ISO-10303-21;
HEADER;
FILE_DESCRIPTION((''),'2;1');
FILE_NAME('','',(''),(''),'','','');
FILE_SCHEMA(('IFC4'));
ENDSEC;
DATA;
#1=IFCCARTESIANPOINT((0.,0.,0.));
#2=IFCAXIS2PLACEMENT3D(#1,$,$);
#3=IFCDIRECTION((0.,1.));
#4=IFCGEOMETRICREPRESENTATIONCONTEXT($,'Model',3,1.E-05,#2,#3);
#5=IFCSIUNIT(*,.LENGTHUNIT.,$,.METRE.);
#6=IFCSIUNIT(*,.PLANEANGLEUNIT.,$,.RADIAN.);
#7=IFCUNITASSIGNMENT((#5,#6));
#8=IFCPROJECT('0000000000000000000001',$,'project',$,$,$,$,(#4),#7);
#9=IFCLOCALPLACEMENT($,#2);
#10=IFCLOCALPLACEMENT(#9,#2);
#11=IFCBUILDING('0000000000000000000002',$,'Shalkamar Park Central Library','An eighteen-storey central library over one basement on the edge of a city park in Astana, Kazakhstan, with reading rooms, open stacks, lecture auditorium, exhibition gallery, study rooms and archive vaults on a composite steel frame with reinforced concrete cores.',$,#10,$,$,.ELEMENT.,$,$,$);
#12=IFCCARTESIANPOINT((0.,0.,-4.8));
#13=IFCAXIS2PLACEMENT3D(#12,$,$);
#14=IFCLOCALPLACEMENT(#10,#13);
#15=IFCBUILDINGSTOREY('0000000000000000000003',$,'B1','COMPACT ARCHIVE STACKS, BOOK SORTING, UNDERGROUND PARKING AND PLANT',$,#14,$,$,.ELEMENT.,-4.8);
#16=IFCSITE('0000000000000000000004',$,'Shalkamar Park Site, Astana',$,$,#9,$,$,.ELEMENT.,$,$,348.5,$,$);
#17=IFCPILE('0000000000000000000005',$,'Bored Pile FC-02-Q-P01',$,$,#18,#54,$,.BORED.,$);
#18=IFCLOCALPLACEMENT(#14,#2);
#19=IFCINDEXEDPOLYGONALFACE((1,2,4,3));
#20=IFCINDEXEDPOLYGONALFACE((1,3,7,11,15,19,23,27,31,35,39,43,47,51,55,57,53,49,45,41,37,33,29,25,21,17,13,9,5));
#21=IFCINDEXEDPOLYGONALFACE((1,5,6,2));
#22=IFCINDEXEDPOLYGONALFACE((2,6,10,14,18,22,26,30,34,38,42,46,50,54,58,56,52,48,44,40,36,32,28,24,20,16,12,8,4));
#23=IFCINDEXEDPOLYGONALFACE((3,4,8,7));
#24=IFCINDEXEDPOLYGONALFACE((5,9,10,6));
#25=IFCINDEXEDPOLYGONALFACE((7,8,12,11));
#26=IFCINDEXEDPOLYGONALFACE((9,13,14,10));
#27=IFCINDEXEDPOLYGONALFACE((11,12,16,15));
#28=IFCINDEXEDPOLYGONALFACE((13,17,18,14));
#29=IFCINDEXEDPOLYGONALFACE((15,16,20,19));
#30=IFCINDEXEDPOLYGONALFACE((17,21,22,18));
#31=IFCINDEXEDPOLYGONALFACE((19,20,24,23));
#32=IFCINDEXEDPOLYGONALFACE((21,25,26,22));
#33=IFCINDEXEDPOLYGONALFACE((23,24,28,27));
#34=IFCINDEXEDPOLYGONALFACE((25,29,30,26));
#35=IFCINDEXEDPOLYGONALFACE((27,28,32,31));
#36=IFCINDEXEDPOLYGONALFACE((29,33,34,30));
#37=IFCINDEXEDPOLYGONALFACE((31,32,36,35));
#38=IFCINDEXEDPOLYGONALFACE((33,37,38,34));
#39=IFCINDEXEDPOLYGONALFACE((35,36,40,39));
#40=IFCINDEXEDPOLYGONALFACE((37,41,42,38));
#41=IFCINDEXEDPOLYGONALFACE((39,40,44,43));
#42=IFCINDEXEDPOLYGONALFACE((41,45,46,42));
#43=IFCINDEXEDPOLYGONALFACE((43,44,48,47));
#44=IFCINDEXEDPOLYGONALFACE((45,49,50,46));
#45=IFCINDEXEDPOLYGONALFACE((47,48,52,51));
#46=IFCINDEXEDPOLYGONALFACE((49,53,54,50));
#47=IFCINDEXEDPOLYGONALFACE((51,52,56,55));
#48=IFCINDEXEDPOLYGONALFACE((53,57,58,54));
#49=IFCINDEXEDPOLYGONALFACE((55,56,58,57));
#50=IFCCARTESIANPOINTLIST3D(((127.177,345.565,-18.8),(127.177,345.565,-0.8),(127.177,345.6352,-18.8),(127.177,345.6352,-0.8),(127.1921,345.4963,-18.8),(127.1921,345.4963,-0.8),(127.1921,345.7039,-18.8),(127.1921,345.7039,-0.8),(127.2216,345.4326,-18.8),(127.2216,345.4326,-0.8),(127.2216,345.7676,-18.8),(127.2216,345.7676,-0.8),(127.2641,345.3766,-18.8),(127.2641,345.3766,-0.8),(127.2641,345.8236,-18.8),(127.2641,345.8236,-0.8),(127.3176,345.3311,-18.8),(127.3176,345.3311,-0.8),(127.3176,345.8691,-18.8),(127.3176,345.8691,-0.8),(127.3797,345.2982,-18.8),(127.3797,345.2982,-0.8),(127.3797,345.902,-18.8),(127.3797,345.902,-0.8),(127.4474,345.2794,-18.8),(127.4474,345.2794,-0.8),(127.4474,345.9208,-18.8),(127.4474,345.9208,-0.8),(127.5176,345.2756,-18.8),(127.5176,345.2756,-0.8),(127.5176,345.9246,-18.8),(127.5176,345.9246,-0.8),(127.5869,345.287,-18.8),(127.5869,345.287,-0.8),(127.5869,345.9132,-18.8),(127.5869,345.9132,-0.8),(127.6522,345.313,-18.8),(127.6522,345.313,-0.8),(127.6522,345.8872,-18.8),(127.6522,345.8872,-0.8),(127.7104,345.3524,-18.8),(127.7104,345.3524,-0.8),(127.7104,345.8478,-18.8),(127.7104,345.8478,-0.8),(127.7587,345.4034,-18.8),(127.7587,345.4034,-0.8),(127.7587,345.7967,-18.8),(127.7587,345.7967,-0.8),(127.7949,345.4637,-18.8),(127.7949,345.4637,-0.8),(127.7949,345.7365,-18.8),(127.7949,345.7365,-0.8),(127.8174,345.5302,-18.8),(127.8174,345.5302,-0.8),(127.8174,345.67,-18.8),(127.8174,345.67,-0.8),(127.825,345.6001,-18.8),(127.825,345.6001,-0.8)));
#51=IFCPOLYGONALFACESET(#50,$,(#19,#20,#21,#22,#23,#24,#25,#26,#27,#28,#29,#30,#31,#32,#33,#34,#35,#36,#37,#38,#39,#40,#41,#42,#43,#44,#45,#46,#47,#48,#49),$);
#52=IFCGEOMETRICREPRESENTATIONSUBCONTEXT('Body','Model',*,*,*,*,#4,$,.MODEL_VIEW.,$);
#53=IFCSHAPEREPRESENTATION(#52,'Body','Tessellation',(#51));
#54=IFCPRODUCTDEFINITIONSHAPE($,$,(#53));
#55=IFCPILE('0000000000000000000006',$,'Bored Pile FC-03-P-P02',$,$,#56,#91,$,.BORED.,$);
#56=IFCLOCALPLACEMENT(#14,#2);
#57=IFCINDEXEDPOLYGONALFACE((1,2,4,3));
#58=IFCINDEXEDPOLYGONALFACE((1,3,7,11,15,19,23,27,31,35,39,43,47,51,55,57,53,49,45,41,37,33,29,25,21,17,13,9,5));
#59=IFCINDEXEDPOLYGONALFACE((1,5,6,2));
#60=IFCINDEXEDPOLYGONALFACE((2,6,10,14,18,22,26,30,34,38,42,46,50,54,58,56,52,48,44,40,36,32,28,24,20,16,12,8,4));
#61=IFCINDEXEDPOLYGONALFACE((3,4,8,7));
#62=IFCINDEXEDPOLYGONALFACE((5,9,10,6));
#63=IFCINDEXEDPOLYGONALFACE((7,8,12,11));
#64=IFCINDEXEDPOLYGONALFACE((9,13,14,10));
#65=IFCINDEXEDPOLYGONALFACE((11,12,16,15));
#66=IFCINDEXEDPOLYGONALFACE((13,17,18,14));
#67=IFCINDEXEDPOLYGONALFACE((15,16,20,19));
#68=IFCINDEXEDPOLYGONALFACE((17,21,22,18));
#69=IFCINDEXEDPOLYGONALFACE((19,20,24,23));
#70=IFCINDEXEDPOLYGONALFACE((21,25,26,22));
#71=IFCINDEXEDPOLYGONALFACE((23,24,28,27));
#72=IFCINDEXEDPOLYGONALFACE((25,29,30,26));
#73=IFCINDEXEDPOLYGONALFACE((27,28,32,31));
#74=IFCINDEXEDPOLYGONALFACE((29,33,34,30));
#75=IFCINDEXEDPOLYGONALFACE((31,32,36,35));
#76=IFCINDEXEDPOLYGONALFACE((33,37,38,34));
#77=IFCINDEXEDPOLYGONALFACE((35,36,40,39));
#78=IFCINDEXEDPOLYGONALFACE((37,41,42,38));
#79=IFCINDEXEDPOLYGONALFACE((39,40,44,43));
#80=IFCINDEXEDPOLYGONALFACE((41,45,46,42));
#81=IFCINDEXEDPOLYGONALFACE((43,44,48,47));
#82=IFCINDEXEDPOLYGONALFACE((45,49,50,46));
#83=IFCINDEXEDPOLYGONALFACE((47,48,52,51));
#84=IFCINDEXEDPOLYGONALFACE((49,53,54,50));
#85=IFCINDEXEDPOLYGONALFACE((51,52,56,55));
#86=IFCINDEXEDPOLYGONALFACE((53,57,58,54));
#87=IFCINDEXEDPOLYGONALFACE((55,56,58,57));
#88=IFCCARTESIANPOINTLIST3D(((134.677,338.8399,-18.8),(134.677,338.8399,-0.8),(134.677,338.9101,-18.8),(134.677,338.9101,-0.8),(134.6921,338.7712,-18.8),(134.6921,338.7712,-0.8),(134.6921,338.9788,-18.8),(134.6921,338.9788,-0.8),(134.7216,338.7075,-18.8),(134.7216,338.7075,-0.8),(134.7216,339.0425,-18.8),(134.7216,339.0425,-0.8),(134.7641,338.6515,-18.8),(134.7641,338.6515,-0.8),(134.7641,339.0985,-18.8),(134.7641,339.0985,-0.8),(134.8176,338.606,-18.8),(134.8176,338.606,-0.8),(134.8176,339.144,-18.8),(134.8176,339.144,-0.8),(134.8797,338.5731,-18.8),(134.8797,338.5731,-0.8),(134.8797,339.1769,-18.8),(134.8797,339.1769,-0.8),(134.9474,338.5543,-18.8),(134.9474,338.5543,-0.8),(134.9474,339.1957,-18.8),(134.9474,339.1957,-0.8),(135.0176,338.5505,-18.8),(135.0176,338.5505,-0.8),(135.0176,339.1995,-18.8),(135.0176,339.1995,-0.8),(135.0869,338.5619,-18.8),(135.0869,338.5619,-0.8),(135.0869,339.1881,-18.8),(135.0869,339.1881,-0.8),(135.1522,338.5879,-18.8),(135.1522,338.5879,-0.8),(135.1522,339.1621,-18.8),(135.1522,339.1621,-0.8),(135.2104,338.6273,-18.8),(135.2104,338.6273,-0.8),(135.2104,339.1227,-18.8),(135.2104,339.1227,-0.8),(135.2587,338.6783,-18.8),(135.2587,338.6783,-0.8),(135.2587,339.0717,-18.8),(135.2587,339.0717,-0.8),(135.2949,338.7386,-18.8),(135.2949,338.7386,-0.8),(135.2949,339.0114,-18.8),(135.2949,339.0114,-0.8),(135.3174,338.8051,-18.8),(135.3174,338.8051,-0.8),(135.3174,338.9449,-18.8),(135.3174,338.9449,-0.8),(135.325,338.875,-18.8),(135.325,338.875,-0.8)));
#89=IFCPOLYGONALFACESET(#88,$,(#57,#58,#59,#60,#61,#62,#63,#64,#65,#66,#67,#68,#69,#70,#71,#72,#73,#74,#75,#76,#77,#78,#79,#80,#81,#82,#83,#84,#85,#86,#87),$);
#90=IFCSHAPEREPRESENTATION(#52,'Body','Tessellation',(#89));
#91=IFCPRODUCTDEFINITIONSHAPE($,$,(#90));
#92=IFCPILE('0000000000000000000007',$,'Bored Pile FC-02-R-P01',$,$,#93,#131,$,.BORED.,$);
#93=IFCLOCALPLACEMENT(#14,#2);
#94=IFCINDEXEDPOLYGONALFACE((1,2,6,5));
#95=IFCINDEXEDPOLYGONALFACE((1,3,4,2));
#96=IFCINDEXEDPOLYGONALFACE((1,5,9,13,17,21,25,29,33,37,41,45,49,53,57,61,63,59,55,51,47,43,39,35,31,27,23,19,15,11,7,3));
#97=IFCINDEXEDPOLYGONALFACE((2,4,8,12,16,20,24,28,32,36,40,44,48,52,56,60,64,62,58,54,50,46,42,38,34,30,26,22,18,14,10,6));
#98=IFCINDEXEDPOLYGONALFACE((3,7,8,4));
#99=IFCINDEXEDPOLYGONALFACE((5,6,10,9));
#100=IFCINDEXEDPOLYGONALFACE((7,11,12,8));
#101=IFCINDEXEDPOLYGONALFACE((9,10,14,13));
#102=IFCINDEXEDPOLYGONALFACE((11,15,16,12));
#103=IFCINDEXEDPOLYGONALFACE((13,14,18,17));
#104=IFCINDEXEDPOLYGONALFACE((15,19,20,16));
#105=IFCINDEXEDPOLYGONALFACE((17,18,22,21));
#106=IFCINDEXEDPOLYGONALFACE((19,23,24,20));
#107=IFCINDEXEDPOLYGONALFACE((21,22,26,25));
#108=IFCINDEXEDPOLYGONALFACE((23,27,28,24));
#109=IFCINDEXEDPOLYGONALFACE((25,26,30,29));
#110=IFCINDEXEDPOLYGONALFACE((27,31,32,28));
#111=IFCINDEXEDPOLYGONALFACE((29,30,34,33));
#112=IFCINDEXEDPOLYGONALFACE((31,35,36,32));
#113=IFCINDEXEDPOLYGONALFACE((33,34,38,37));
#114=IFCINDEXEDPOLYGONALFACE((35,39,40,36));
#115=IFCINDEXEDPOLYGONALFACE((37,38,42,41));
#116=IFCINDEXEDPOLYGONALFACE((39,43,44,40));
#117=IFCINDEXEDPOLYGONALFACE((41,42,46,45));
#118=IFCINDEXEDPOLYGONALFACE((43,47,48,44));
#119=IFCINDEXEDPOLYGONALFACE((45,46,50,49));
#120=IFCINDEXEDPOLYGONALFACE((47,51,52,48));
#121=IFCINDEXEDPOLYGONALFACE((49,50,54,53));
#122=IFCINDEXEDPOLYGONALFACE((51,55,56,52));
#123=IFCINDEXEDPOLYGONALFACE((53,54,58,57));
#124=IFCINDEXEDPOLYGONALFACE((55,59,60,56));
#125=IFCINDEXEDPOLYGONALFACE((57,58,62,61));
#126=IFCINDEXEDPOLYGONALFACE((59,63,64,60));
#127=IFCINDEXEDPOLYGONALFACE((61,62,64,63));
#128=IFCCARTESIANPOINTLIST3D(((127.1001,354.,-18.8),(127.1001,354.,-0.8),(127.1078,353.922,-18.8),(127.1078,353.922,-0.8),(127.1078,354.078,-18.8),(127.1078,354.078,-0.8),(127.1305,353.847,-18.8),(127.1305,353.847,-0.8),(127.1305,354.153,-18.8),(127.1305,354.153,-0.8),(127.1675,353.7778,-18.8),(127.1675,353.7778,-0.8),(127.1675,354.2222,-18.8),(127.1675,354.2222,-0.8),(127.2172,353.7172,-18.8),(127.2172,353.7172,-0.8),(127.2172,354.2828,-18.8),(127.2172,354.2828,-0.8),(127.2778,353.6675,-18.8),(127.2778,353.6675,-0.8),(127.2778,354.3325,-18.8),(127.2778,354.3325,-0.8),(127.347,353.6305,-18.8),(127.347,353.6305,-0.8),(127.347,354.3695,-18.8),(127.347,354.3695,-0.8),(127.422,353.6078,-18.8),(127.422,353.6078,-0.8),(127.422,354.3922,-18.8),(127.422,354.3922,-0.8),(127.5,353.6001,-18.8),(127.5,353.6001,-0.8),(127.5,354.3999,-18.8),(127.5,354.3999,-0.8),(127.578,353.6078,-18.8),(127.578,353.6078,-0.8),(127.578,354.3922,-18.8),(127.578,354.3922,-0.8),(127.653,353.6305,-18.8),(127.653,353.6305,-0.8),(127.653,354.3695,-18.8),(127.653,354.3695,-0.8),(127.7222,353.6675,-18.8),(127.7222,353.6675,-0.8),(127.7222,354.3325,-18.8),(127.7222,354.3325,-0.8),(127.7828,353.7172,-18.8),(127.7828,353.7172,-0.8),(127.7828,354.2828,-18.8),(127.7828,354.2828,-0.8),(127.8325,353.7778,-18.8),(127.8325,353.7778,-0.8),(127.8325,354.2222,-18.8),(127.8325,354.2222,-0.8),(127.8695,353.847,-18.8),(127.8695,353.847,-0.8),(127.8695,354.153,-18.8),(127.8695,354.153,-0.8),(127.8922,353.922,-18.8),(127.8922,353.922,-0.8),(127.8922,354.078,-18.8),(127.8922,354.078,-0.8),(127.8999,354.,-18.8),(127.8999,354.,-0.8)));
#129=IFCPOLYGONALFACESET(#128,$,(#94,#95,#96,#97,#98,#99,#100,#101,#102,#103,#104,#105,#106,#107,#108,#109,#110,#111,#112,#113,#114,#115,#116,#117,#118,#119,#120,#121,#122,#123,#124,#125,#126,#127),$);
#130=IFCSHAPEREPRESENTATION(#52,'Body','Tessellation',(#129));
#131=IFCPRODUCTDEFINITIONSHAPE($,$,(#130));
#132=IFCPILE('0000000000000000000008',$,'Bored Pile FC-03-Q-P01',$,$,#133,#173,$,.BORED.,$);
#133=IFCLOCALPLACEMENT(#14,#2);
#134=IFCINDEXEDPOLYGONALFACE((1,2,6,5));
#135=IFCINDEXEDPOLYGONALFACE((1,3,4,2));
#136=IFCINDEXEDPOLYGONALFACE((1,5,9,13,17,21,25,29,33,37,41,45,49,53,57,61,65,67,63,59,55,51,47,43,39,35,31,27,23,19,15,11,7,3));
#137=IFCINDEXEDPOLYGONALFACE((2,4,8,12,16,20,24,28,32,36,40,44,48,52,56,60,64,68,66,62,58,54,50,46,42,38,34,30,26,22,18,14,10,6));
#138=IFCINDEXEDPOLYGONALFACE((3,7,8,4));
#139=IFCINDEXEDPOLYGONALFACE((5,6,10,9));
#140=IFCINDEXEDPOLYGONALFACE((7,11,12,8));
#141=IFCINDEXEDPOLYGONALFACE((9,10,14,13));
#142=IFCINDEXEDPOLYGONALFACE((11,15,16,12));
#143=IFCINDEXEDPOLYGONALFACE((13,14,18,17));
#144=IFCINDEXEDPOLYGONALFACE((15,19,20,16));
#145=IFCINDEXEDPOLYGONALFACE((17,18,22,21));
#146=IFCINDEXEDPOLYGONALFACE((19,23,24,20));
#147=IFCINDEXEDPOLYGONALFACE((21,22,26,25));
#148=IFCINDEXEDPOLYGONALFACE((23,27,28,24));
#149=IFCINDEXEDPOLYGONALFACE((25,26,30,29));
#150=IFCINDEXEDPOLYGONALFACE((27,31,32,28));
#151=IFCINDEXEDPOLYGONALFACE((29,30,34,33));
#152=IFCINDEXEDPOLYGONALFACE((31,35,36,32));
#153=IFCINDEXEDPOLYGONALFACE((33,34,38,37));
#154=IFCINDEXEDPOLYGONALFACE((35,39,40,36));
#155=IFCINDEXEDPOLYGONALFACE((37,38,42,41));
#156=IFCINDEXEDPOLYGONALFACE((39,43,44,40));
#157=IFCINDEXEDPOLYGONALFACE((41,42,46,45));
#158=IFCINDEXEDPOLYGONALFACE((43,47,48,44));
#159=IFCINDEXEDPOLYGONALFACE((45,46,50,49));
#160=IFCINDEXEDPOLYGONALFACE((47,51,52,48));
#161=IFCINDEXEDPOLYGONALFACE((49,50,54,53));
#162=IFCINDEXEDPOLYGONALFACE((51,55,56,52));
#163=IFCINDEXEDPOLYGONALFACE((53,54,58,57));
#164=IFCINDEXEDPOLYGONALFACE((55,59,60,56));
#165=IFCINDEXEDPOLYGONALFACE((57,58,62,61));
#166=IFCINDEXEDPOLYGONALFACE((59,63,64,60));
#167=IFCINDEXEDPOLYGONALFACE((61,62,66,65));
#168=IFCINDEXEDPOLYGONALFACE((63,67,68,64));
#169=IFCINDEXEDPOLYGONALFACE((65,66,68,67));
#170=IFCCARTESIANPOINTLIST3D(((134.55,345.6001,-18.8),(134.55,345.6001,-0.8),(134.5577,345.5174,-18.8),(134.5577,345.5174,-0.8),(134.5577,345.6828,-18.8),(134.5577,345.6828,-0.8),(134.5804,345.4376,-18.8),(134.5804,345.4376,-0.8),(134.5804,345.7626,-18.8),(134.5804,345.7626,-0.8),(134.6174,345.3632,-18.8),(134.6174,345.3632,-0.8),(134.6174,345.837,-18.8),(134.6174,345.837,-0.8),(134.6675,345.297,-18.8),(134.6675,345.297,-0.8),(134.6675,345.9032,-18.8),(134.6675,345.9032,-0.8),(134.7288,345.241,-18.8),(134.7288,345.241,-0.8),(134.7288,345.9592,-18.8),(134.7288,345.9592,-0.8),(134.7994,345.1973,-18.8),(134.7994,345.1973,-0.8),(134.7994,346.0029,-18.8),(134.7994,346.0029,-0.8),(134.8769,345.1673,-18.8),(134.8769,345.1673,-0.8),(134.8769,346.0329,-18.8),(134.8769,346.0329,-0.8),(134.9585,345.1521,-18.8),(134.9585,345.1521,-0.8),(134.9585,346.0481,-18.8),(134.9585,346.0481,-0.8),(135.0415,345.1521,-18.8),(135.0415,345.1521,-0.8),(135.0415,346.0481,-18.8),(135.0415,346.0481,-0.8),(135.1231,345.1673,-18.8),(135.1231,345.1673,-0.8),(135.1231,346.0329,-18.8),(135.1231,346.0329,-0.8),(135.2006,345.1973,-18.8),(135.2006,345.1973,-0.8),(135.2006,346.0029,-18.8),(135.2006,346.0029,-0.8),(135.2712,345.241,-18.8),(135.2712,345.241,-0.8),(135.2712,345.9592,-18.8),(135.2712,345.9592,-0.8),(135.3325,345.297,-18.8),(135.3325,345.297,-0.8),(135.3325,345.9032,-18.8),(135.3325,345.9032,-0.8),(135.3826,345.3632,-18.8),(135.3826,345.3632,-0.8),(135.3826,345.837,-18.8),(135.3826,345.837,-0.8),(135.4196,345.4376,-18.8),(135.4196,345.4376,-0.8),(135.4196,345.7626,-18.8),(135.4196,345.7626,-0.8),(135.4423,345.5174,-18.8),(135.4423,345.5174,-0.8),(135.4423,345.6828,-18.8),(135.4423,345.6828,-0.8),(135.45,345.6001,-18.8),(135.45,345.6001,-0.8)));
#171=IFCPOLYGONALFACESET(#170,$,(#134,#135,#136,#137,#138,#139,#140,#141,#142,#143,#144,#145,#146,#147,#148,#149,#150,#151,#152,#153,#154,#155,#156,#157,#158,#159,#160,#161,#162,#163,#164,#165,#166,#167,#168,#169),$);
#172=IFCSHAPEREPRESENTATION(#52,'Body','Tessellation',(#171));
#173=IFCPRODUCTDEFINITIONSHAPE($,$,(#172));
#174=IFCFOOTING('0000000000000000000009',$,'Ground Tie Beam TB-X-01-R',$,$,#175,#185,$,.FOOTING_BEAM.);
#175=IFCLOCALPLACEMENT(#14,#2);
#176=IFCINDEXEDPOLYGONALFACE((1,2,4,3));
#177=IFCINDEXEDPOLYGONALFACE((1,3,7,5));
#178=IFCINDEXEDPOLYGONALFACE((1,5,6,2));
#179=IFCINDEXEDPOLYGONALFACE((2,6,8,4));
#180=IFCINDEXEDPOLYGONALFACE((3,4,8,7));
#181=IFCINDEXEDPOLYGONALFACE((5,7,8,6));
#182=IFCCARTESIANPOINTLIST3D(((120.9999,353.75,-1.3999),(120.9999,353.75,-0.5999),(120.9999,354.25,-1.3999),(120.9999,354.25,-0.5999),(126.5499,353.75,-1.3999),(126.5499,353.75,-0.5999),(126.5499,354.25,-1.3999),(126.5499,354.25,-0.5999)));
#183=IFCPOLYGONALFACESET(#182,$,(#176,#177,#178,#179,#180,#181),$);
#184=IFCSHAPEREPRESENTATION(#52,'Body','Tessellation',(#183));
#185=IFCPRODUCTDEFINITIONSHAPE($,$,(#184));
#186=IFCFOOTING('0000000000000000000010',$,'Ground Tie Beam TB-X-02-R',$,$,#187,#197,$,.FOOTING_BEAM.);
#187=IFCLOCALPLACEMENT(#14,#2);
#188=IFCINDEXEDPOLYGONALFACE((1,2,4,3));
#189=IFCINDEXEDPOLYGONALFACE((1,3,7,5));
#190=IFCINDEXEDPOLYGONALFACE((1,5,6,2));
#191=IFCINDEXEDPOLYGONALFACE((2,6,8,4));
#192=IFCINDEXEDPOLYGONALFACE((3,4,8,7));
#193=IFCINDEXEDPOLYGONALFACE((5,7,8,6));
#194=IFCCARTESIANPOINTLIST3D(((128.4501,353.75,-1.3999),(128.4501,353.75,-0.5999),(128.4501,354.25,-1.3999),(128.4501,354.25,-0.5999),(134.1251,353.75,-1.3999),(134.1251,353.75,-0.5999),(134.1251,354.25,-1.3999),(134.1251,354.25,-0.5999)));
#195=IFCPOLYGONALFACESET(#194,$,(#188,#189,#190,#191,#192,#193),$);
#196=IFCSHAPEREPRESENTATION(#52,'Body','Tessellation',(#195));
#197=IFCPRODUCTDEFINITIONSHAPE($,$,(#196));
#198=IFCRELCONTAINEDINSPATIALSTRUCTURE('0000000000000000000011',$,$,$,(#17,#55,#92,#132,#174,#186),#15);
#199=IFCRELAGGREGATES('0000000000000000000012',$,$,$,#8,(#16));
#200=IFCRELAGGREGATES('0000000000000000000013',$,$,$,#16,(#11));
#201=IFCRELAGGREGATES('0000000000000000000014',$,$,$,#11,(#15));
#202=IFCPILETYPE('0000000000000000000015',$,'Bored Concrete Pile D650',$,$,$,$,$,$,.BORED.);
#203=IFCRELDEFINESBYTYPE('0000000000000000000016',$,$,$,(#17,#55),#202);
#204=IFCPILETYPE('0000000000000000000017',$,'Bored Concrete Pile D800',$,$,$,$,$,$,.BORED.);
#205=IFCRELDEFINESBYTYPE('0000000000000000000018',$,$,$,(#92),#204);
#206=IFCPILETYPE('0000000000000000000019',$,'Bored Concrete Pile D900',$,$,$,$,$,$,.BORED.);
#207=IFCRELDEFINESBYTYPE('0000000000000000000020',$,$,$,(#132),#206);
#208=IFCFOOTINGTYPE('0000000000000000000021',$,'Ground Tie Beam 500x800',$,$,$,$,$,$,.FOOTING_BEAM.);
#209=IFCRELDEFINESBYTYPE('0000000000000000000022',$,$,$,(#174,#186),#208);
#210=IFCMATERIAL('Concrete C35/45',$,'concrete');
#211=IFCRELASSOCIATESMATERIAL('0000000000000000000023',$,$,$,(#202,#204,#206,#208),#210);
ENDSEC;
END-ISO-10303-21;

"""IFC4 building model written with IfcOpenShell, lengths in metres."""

from ifc_helpers import new_model, si_unit, direction, frame, origin, origin_2d, place, context, subcontext, project, spatial, rectangle, circle, extrude, material, material_profile, profile_set, type_object, element, save


model = new_model("IFC4")

# Units and contexts
model_context = context("Model", 3, precision=1e-05, world=origin(), true_north=direction((0.0, 1.0)))
body_context = subcontext(model_context, "Body", "Model", "MODEL_VIEW")
ifc_project = project(units=[si_unit("LENGTHUNIT", "METRE"), si_unit("PLANEANGLEUNIT", "RADIAN")], contexts=[model_context])

# Site, building, storey
site_placement = place(None, origin())
site = spatial("IfcSite", under=ifc_project, at=site_placement, Name="Shalkamar Park Site, Astana", CompositionType="ELEMENT", RefElevation=348.5)
building_placement = place(site_placement, origin())
building = spatial("IfcBuilding", under=site, at=building_placement, Name="Shalkamar Park Central Library", Description="An eighteen-storey central library over one basement on the edge of a city park in Astana, Kazakhstan, with reading rooms, open stacks, lecture auditorium, exhibition gallery, study rooms and archive vaults on a composite steel frame with reinforced concrete cores.", CompositionType="ELEMENT")
storey_placement = place(building_placement, frame((0.0, 0.0, -4.8)))
storey = spatial("IfcBuildingStorey", under=building, at=storey_placement, Name="B1", Description="COMPACT ARCHIVE STACKS, BOOK SORTING, UNDERGROUND PARKING AND PLANT", CompositionType="ELEMENT", Elevation=-4.8)

# Piles
ifc_material_1 = material(Name="Concrete C35/45", Category="concrete")
ifc_material_profile_1 = material_profile(ifc_material_1, circle(Radius=0.325, at=origin_2d()), Name="PILE D650")
ifc_profile_set_1 = profile_set([ifc_material_profile_1], Name="Concrete C35/45")
pile_type_1 = type_object("IfcPileType", Name="Bored Concrete Pile D650", PredefinedType="BORED", material=ifc_profile_set_1)
for number, where, z_axis, x_axis, name in (
    (1, (127.5, 345.6001, -0.8), (0.0, 0.0, -1.0), (1.0, 0.0, 0.0), "Bored Pile FC-02-Q-P01"),
    (2, (135.0, 338.875, -0.8), (0.0, 0.0, -1.0), (1.0, 0.0, 0.0), "Bored Pile FC-03-P-P02"),
):
    element("IfcPile", number, at=place(storey_placement, frame(where, z_axis=z_axis, x_axis=x_axis)), inside=storey, type_object=pile_type_1, Name=name, PredefinedType="BORED", context=body_context, shape_type="SweptSolid", body=[
        extrude(circle(Radius=0.325, at=origin_2d()), origin(), (0.0, 0.0, 1.0), 18.0),
    ])
ifc_material_profile_2 = material_profile(ifc_material_1, circle(Radius=0.3999, at=origin_2d()), Name="PILE D800")
ifc_profile_set_2 = profile_set([ifc_material_profile_2], Name="Concrete C35/45")
pile_type_2 = type_object("IfcPileType", Name="Bored Concrete Pile D800", PredefinedType="BORED", material=ifc_profile_set_2)
pile_1_placement = place(storey_placement, frame((127.5, 354.0, -0.8), z_axis=(0.0, 0.0, -1.0), x_axis=(1.0, 0.0, 0.0)))
element("IfcPile", 3, at=pile_1_placement, inside=storey, type_object=pile_type_2, Name="Bored Pile FC-02-R-P01", PredefinedType="BORED", context=body_context, shape_type="SweptSolid", body=[
    extrude(circle(Radius=0.3999, at=origin_2d()), origin(), (0.0, 0.0, 1.0), 18.0),
])
ifc_material_profile_3 = material_profile(ifc_material_1, circle(Radius=0.45, at=origin_2d()), Name="PILE D900")
ifc_profile_set_3 = profile_set([ifc_material_profile_3], Name="Concrete C35/45")
pile_type_3 = type_object("IfcPileType", Name="Bored Concrete Pile D900", PredefinedType="BORED", material=ifc_profile_set_3)
pile_2_placement = place(storey_placement, frame((135.0, 345.6001, -0.8), z_axis=(0.0, 0.0, -1.0), x_axis=(1.0, 0.0, 0.0)))
element("IfcPile", 4, at=pile_2_placement, inside=storey, type_object=pile_type_3, Name="Bored Pile FC-03-Q-P01", PredefinedType="BORED", context=body_context, shape_type="SweptSolid", body=[
    extrude(circle(Radius=0.45, at=origin_2d()), origin(), (0.0, 0.0, 1.0), 18.0),
])

# Footings
footing_type_1 = type_object("IfcFootingType", Name="Ground Tie Beam 500x800", PredefinedType="FOOTING_BEAM", material=ifc_material_1)
footing_1_placement = place(storey_placement, frame((123.7749, 354.0, -1.3999), z_axis=(0.0, 0.0, 1.0), x_axis=(1.0, 0.0, 0.0)))
element("IfcFooting", 5, at=footing_1_placement, inside=storey, type_object=footing_type_1, Name="Ground Tie Beam TB-X-01-R", PredefinedType="FOOTING_BEAM", context=body_context, shape_type="SweptSolid", body=[
    extrude(rectangle(XDim=5.55, YDim=0.5, at=origin_2d()), origin(), (0.0, 0.0, 1.0), 0.8),
])
footing_2_placement = place(storey_placement, frame((131.2876, 354.0, -1.3999), z_axis=(0.0, 0.0, 1.0), x_axis=(1.0, 0.0, 0.0)))
element("IfcFooting", 6, at=footing_2_placement, inside=storey, type_object=footing_type_1, Name="Ground Tie Beam TB-X-02-R", PredefinedType="FOOTING_BEAM", context=body_context, shape_type="SweptSolid", body=[
    extrude(rectangle(XDim=5.675, YDim=0.5, at=origin_2d()), origin(), (0.0, 0.0, 1.0), 0.8),
])

save(model, "model.ifc")
